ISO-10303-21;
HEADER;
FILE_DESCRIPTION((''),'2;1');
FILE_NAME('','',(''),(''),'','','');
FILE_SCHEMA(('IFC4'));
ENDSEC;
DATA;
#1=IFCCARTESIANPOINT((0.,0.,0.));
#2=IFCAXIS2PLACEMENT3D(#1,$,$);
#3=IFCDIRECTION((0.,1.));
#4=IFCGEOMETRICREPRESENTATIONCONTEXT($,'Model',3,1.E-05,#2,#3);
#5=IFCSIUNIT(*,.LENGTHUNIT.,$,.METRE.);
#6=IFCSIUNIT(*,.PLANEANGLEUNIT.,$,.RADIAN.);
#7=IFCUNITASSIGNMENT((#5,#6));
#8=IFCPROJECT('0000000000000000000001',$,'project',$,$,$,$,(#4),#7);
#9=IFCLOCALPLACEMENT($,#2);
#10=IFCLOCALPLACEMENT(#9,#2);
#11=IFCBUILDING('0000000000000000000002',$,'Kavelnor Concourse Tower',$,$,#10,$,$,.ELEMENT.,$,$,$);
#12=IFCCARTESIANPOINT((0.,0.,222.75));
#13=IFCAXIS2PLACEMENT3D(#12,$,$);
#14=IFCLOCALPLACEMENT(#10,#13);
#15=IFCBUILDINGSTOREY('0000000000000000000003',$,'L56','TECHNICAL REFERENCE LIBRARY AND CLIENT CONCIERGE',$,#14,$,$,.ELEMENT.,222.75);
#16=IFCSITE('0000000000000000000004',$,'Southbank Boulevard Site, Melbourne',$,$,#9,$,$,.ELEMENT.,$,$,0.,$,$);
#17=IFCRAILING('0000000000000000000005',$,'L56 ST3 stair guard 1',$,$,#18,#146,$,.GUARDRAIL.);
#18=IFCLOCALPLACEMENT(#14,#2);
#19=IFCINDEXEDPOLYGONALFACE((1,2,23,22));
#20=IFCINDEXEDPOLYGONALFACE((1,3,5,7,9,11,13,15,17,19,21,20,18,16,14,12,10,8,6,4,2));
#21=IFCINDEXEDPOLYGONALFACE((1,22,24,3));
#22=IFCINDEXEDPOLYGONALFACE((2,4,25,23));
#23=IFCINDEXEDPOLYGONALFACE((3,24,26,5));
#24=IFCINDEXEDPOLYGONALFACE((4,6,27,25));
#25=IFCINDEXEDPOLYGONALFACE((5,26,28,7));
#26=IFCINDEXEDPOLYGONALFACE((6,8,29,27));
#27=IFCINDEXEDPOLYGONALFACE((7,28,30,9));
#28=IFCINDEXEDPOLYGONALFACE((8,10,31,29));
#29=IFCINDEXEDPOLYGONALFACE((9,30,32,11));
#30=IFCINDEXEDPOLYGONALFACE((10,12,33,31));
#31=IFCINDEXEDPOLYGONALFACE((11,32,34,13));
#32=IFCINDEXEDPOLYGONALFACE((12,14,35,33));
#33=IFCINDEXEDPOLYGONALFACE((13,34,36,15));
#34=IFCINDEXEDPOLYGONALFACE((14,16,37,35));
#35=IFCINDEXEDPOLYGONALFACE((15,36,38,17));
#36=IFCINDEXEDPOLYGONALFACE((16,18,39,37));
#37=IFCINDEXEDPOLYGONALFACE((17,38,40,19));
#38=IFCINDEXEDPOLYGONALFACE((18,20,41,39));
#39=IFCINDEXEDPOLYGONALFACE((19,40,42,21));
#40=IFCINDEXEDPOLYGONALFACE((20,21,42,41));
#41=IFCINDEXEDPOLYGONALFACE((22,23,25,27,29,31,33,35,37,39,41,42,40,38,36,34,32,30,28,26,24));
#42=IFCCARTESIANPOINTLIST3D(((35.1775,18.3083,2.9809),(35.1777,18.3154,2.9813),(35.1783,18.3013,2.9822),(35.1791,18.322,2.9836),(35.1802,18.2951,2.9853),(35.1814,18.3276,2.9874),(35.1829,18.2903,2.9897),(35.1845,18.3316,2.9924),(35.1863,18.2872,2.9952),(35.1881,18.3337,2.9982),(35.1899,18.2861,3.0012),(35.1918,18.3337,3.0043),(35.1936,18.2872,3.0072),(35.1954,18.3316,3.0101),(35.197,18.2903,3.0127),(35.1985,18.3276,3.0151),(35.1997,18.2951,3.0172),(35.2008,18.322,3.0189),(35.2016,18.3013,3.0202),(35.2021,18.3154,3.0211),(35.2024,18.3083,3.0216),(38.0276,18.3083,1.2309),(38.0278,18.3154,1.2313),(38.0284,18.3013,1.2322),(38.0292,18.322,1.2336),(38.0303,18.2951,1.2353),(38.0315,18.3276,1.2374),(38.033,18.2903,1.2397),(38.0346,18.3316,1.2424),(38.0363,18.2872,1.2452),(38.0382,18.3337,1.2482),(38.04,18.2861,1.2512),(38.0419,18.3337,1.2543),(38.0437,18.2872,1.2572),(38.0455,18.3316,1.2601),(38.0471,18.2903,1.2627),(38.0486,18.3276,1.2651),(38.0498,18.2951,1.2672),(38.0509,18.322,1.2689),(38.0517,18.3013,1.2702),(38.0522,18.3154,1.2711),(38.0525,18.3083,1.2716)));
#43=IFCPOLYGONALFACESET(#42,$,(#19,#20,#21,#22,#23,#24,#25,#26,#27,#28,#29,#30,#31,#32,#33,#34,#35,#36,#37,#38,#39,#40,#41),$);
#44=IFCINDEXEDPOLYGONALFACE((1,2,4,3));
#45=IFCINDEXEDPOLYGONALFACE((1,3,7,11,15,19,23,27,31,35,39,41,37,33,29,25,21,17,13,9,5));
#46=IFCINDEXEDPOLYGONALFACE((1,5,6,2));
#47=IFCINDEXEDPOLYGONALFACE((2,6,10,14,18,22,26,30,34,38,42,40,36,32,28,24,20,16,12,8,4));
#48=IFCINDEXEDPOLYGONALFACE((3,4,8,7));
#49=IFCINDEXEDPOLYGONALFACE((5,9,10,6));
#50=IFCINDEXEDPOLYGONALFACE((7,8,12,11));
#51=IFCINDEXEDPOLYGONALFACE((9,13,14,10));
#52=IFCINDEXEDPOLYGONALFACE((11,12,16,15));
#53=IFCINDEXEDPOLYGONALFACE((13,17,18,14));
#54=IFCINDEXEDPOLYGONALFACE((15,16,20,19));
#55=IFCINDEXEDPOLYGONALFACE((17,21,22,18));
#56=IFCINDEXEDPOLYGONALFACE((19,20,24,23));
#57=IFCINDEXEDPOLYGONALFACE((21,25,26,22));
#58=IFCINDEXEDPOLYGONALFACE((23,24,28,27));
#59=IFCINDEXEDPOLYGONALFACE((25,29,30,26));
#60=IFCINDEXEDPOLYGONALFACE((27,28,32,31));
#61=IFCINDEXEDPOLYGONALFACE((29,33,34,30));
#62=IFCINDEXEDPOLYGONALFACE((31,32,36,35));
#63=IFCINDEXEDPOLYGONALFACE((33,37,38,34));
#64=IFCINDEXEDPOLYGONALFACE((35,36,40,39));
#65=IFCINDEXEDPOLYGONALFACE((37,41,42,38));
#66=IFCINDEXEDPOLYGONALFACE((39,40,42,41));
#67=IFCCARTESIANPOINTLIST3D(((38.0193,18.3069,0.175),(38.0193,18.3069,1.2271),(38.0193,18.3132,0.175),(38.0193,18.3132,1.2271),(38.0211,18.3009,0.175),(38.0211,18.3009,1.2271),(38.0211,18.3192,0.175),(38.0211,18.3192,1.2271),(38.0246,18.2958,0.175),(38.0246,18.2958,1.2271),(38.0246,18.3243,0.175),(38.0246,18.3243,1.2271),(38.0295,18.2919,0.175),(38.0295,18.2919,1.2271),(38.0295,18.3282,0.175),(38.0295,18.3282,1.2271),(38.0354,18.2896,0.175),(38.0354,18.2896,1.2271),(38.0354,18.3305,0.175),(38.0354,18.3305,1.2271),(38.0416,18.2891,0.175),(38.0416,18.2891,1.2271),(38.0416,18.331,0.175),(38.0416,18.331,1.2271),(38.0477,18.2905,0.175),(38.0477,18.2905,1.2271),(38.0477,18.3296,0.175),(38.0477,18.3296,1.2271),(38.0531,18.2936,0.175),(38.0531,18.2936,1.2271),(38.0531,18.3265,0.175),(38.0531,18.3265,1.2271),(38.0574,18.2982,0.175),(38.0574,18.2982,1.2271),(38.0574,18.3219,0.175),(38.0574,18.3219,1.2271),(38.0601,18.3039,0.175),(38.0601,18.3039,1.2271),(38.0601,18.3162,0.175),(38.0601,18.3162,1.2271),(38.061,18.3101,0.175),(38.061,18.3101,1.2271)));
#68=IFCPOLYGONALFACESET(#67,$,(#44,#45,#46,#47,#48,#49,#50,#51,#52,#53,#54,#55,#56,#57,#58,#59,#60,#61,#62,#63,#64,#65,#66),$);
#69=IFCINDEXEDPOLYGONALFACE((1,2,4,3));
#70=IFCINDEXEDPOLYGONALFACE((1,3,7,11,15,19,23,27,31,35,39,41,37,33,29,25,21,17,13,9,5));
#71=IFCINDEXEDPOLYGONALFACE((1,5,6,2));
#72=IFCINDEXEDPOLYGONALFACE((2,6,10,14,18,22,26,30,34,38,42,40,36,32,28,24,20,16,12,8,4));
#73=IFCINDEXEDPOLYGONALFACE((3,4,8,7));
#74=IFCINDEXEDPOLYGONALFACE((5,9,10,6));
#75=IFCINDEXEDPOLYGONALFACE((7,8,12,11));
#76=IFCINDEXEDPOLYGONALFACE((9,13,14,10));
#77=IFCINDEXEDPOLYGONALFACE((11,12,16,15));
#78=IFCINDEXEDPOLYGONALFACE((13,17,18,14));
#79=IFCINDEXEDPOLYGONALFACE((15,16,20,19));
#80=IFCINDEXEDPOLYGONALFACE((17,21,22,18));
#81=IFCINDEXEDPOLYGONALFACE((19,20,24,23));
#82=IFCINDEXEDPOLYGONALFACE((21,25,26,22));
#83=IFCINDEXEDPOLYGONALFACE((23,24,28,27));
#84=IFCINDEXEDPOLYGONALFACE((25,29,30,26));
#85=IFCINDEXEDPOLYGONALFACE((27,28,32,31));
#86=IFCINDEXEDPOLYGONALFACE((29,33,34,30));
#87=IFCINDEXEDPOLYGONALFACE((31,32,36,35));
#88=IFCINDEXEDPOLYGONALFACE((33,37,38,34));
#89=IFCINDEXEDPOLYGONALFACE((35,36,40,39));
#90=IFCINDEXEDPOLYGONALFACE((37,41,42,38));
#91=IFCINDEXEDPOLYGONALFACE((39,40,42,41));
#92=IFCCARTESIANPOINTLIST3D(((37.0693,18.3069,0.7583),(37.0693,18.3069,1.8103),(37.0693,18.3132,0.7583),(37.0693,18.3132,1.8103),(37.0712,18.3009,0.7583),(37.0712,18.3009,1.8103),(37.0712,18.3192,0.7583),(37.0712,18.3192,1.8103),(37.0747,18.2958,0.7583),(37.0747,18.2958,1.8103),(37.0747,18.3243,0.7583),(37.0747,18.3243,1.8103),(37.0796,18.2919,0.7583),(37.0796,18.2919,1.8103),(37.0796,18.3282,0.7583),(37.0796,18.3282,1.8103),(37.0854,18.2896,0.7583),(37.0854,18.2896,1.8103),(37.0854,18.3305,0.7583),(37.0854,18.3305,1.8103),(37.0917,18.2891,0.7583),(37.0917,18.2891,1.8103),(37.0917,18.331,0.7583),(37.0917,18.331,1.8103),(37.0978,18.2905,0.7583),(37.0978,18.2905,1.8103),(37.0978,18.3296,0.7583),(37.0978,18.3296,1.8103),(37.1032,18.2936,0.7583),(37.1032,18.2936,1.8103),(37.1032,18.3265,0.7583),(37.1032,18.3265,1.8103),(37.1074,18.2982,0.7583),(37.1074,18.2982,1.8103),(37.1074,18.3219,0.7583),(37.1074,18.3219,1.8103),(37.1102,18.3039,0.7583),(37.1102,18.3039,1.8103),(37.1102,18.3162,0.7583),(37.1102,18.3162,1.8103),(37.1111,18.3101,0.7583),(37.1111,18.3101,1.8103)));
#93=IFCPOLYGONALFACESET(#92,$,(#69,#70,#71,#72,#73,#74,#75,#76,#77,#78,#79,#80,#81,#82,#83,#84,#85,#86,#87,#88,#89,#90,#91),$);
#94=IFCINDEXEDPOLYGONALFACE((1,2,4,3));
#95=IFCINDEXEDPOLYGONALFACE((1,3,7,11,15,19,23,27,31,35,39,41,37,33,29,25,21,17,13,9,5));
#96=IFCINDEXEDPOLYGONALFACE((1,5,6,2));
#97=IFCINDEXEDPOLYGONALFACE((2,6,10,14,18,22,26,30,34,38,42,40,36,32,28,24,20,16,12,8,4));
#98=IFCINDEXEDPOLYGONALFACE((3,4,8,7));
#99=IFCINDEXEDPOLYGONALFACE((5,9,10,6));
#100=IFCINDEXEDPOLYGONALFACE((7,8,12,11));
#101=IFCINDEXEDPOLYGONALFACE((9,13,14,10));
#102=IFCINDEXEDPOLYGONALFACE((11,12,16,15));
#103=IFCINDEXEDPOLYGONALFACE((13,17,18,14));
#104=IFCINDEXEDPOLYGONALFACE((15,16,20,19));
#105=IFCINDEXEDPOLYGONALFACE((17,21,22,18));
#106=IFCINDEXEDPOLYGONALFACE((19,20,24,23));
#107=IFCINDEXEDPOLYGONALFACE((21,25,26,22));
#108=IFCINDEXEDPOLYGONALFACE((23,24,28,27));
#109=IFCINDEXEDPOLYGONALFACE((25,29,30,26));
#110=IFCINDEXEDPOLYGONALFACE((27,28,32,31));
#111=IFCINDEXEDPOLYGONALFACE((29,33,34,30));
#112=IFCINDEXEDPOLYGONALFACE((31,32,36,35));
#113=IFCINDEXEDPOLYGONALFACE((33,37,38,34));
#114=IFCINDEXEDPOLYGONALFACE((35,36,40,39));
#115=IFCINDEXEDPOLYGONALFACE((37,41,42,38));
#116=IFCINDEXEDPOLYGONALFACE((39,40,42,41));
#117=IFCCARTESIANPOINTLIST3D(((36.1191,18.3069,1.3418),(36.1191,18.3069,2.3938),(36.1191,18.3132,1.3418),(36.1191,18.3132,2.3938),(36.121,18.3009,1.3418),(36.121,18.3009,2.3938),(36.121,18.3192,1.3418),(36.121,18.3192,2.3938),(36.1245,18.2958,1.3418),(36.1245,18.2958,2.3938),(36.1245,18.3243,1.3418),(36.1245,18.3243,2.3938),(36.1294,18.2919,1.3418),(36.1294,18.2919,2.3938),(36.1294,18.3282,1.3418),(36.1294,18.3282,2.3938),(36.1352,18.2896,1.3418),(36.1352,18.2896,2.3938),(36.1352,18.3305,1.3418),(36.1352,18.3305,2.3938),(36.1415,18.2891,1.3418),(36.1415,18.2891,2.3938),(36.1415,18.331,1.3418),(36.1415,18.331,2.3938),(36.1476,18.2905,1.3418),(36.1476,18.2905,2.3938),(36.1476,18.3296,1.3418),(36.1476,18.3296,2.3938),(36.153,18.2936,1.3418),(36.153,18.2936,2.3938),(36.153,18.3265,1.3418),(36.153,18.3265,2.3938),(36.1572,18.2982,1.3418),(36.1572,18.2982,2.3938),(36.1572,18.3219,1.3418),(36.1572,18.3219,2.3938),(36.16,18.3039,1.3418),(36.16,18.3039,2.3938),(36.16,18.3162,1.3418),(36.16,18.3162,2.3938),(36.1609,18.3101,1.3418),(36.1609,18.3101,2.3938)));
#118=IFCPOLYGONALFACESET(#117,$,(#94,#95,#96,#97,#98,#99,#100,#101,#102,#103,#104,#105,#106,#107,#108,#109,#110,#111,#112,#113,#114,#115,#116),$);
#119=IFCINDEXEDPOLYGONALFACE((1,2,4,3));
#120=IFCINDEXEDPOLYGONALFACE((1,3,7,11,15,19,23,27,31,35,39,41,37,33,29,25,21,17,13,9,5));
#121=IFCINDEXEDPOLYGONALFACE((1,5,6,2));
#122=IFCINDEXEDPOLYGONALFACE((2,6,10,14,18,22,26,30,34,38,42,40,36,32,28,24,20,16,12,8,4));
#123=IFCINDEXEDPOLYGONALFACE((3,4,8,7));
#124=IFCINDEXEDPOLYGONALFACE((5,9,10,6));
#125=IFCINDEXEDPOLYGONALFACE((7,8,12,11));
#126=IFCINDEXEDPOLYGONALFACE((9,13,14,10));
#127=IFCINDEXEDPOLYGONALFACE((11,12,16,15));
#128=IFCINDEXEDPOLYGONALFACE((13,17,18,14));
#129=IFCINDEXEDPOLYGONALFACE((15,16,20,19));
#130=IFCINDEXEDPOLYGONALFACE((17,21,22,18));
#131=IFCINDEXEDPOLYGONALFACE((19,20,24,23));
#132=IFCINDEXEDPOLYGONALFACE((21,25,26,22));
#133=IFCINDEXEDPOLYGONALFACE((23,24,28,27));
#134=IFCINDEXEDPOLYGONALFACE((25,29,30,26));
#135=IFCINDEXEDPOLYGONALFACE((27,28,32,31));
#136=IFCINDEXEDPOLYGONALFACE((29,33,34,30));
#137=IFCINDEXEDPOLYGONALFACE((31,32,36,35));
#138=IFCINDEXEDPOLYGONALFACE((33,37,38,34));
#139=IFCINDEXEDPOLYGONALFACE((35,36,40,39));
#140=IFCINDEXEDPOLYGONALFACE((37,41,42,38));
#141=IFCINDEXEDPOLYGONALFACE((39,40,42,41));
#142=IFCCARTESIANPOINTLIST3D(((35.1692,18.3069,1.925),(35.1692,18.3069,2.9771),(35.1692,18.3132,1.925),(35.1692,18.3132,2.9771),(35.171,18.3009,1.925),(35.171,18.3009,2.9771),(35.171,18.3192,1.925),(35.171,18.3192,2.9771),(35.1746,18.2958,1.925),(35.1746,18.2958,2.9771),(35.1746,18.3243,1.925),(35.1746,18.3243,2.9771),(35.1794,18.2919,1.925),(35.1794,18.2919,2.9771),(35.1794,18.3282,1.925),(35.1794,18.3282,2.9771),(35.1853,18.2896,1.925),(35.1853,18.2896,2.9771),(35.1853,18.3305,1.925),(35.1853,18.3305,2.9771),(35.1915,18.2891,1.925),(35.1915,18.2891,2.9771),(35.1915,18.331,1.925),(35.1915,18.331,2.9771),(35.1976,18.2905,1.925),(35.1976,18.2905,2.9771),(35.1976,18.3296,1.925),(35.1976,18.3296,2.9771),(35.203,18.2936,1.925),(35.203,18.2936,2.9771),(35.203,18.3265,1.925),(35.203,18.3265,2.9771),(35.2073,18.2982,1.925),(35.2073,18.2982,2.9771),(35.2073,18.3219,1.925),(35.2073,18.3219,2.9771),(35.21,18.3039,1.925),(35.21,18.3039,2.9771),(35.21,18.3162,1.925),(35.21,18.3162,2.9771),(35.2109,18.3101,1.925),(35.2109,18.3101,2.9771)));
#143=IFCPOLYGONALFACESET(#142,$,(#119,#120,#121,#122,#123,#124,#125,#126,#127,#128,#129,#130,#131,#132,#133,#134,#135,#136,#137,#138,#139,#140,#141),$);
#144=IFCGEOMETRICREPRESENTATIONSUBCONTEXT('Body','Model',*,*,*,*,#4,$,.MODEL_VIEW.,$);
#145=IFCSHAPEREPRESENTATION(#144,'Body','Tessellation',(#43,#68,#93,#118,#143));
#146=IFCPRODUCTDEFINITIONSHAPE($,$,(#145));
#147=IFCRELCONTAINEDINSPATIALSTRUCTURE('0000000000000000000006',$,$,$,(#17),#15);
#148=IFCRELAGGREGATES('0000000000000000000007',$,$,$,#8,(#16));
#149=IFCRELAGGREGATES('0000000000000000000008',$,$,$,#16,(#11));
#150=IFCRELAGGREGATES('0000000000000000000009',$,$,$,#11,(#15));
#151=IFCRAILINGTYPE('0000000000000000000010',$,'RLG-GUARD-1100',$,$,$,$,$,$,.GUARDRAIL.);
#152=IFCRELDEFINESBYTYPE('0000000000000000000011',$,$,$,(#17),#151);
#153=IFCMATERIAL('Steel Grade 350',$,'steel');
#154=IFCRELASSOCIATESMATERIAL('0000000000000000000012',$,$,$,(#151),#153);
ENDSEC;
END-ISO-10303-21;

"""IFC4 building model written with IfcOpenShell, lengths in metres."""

from ifc_helpers import new_model, si_unit, direction, frame, origin, origin_2d, place, context, subcontext, project, spatial, circle, extrude, material, type_object, element, save


model = new_model("IFC4")

# Units and contexts
model_context = context("Model", 3, precision=1e-05, world=origin(), true_north=direction((0.0, 1.0)))
body_context = subcontext(model_context, "Body", "Model", "MODEL_VIEW")
ifc_project = project(units=[si_unit("LENGTHUNIT", "METRE"), si_unit("PLANEANGLEUNIT", "RADIAN")], contexts=[model_context])

# Site, building, storey
site_placement = place(None, origin())
site = spatial("IfcSite", under=ifc_project, at=site_placement, Name="Southbank Boulevard Site, Melbourne", CompositionType="ELEMENT", RefElevation=0.0)
building_placement = place(site_placement, origin())
building = spatial("IfcBuilding", under=site, at=building_placement, Name="Kavelnor Concourse Tower", CompositionType="ELEMENT")
storey_placement = place(building_placement, frame((0.0, 0.0, 222.75)))
storey = spatial("IfcBuildingStorey", under=building, at=storey_placement, Name="L56", Description="TECHNICAL REFERENCE LIBRARY AND CLIENT CONCIERGE", CompositionType="ELEMENT", Elevation=222.75)

# Shared definitions
ifc_material_1 = material(Name="Steel Grade 350", Category="steel")

# Railing
railing_type_1 = type_object("IfcRailingType", Name="RLG-GUARD-1100", PredefinedType="GUARDRAIL", material=ifc_material_1)
railing_1_placement = place(storey_placement, frame((38.04, 18.3101, 0.175)))
element("IfcRailing", 1, at=railing_1_placement, inside=storey, type_object=railing_type_1, Name="L56 ST3 stair guard 1", PredefinedType="GUARDRAIL", context=body_context, shape_type="SweptSolid", body=[
    extrude(circle(Radius=0.0239, at=origin_2d()), frame((0.0, 0.0, 1.0762), z_axis=(-0.852179, 0.0, 0.52325), x_axis=(0.0, -1.0, 0.0)), (0.0, 0.0, 1.0), 3.3445),
    extrude(circle(Radius=0.021, at=origin_2d()), origin(), (0.0, 0.0, 1.0), 1.052),
    extrude(circle(Radius=0.021, at=origin_2d()), frame((-0.95, 0.0, 0.5833)), (0.0, 0.0, 1.0), 1.052),
    extrude(circle(Radius=0.021, at=origin_2d()), frame((-1.9001, 0.0, 1.1667)), (0.0, 0.0, 1.0), 1.052),
    extrude(circle(Radius=0.021, at=origin_2d()), frame((-2.8501, 0.0, 1.75)), (0.0, 0.0, 1.0), 1.052),
])

save(model, "model.ifc")
